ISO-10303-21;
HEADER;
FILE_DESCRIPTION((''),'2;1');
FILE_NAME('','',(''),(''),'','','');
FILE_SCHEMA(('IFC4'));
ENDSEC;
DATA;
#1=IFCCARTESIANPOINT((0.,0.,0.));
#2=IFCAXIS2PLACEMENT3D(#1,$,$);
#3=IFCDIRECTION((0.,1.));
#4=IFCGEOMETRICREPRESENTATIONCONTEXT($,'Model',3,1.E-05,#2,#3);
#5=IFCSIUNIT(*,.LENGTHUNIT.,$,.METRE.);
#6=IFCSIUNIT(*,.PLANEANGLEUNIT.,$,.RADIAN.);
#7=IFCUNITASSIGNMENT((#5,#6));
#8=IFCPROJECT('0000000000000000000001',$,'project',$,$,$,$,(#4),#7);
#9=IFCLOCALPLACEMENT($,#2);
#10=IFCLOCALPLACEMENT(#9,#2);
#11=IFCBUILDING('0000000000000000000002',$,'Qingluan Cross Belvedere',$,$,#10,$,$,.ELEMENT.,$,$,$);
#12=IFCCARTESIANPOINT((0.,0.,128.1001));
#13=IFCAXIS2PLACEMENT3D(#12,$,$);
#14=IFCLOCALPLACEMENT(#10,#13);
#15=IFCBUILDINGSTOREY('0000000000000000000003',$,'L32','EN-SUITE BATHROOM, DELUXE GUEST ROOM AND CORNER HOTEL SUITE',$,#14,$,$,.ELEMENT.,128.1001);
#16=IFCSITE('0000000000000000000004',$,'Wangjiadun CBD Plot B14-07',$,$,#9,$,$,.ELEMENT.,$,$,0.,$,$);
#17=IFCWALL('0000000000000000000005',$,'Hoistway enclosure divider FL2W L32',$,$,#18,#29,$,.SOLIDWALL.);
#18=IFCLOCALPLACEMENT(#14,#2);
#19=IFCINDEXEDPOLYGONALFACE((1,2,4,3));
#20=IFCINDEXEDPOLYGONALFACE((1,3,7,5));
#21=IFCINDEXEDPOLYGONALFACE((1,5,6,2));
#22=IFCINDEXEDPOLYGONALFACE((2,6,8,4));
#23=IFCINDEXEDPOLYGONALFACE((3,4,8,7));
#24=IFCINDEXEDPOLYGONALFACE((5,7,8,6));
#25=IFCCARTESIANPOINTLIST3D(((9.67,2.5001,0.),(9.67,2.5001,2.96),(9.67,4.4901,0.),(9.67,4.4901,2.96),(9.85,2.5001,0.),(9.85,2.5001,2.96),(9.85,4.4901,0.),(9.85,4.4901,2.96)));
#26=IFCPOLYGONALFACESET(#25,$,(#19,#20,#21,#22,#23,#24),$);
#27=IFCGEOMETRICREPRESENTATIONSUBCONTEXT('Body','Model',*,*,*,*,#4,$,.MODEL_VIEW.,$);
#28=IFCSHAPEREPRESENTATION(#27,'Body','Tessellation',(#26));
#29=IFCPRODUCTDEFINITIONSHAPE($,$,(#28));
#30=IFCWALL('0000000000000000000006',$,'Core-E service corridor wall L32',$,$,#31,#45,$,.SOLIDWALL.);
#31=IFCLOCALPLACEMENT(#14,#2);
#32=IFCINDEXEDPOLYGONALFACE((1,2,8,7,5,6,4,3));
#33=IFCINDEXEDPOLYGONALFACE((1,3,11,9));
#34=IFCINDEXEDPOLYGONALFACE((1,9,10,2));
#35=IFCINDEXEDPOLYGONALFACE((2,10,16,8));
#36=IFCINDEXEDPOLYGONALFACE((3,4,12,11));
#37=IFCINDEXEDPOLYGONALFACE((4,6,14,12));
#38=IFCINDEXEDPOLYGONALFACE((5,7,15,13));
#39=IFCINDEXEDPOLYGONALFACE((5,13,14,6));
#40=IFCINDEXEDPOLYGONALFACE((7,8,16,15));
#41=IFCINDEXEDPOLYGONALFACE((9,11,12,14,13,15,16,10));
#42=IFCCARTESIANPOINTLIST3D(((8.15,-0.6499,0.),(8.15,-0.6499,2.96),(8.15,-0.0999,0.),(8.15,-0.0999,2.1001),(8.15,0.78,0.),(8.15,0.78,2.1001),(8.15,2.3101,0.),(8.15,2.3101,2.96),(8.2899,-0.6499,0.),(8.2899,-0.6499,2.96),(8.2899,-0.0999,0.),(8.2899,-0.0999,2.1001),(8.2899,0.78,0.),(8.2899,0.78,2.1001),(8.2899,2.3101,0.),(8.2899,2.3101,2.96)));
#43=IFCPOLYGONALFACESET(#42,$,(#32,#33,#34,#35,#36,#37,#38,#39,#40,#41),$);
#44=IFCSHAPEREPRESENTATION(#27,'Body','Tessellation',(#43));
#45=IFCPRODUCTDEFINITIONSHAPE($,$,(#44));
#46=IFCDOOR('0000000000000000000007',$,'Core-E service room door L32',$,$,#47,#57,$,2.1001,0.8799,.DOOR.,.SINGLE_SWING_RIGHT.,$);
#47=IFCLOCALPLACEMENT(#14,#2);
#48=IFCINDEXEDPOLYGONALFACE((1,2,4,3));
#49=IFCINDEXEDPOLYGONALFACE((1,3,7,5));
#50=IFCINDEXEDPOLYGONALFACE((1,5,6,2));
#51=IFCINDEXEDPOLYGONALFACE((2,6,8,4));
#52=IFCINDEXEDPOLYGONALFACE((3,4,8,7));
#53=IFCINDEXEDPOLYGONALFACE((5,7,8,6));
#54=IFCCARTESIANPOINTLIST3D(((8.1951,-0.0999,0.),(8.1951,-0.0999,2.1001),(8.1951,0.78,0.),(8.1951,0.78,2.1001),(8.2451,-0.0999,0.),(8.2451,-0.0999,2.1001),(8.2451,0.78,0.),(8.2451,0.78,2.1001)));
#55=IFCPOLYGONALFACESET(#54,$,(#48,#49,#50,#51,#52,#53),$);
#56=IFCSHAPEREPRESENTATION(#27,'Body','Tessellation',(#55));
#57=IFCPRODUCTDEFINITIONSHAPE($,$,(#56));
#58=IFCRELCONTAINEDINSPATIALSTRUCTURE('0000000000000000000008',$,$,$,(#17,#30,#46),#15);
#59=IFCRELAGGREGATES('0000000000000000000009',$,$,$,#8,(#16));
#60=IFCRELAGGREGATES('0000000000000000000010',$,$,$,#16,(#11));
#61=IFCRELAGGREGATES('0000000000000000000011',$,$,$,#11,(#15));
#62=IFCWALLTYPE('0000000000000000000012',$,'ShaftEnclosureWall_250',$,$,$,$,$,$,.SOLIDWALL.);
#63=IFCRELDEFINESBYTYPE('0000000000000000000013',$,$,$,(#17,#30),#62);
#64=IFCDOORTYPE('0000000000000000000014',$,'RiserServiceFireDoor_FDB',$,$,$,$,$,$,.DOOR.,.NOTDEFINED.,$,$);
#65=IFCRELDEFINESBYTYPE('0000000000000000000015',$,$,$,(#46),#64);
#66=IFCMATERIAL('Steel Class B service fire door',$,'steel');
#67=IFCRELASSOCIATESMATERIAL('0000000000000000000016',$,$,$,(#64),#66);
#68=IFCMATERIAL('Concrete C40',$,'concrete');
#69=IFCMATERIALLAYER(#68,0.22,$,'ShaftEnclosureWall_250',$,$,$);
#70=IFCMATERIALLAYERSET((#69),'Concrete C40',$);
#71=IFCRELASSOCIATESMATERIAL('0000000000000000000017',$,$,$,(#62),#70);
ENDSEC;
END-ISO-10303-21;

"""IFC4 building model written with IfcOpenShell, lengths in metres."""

from ifc_helpers import new_model, si_unit, direction, frame, frame_2d, origin, place, context, subcontext, project, spatial, rectangle, extrude, material, layer, layer_set, type_object, element, fill, save


model = new_model("IFC4")

# Units and contexts
model_context = context("Model", 3, precision=1e-05, world=origin(), true_north=direction((0.0, 1.0)))
body_context = subcontext(model_context, "Body", "Model", "MODEL_VIEW")
ifc_project = project(units=[si_unit("LENGTHUNIT", "METRE"), si_unit("PLANEANGLEUNIT", "RADIAN")], contexts=[model_context])

# Site, building, storey
site_placement = place(None, origin())
site = spatial("IfcSite", under=ifc_project, at=site_placement, Name="Wangjiadun CBD Plot B14-07", CompositionType="ELEMENT", RefElevation=0.0)
building_placement = place(site_placement, origin())
building = spatial("IfcBuilding", under=site, at=building_placement, Name="Qingluan Cross Belvedere", CompositionType="ELEMENT")
storey_placement = place(building_placement, frame((0.0, 0.0, 128.1001)))
storey = spatial("IfcBuildingStorey", under=building, at=storey_placement, Name="L32", Description="EN-SUITE BATHROOM, DELUXE GUEST ROOM AND CORNER HOTEL SUITE", CompositionType="ELEMENT", Elevation=128.1001)

# Shared definitions
ifc_material_1 = material(Name="Steel Class B service fire door", Category="steel")
door_type_1 = type_object("IfcDoorType", Name="RiserServiceFireDoor_FDB", OperationType="NOTDEFINED", PredefinedType="DOOR", material=ifc_material_1)

# Shared definitions
ifc_material_2 = material(Name="Concrete C40", Category="concrete")
ifc_layer_1 = layer(ifc_material_2, 0.22, Name="ShaftEnclosureWall_250")
ifc_layer_set_1 = layer_set([ifc_layer_1], Name="Concrete C40")
wall_type_1 = type_object("IfcWallType", Name="ShaftEnclosureWall_250", PredefinedType="SOLIDWALL", material=ifc_layer_set_1)

# Wall
wall_1_placement = place(storey_placement, frame((9.76, 2.5, 0.0), z_axis=(0.0, 0.0, 1.0), x_axis=(0.0, 1.0, 0.0)))
element("IfcWall", 1, at=wall_1_placement, inside=storey, type_object=wall_type_1, Name="Hoistway enclosure divider FL2W L32", PredefinedType="SOLIDWALL", context=body_context, shape_type="SweptSolid", body=[
    extrude(rectangle(XDim=1.99, YDim=0.1799, at=frame_2d((0.9951, 0.0))), origin(), (0.0, 0.0, 1.0), 2.96),
])

# Wall, opening, door
wall_2_placement = place(storey_placement, frame((8.22, -0.6499, 0.0), z_axis=(0.0, 0.0, 1.0), x_axis=(0.0, 1.0, 0.0)))
wall_2 = element("IfcWall", 2, at=wall_2_placement, inside=storey, type_object=wall_type_1, Name="Core-E service corridor wall L32", PredefinedType="SOLIDWALL", context=body_context, shape_type="SweptSolid", body=[
    extrude(rectangle(XDim=2.96, YDim=0.1399, at=frame_2d((1.48, 0.0))), origin(), (0.0, 0.0, 1.0), 2.96),
])
opening_1_placement = place(wall_2_placement, frame((0.55, 0.0, 0.0)))
opening_1 = element("IfcOpeningElement", 3, at=opening_1_placement, cuts=wall_2, PredefinedType="OPENING", context=body_context, shape_type="SweptSolid", body=[
    extrude(rectangle(XDim=0.8799, YDim=2.1001, at=frame_2d((0.4399, 1.05))), frame((0.0, 0.0798, 0.0), z_axis=(0.0, -1.0, 0.0), x_axis=(1.0, 0.0, 0.0)), (0.0, 0.0, 1.0), 0.1599),
])
door_1_placement = place(opening_1_placement, origin())
door_1 = element("IfcDoor", 4, at=door_1_placement, inside=storey, type_object=door_type_1, Name="Core-E service room door L32", OperationType="SINGLE_SWING_RIGHT", OverallHeight=2.1001, OverallWidth=0.8799, PredefinedType="DOOR", context=body_context, shape_type="SweptSolid", body=[
    extrude(rectangle(XDim=0.8799, YDim=2.1001, at=frame_2d((0.4399, 1.05))), frame((0.0, 0.0249, 0.0), z_axis=(0.0, -1.0, 0.0), x_axis=(1.0, 0.0, 0.0)), (0.0, 0.0, 1.0), 0.05),
])
fill(opening_1, door_1)

save(model, "model.ifc")
